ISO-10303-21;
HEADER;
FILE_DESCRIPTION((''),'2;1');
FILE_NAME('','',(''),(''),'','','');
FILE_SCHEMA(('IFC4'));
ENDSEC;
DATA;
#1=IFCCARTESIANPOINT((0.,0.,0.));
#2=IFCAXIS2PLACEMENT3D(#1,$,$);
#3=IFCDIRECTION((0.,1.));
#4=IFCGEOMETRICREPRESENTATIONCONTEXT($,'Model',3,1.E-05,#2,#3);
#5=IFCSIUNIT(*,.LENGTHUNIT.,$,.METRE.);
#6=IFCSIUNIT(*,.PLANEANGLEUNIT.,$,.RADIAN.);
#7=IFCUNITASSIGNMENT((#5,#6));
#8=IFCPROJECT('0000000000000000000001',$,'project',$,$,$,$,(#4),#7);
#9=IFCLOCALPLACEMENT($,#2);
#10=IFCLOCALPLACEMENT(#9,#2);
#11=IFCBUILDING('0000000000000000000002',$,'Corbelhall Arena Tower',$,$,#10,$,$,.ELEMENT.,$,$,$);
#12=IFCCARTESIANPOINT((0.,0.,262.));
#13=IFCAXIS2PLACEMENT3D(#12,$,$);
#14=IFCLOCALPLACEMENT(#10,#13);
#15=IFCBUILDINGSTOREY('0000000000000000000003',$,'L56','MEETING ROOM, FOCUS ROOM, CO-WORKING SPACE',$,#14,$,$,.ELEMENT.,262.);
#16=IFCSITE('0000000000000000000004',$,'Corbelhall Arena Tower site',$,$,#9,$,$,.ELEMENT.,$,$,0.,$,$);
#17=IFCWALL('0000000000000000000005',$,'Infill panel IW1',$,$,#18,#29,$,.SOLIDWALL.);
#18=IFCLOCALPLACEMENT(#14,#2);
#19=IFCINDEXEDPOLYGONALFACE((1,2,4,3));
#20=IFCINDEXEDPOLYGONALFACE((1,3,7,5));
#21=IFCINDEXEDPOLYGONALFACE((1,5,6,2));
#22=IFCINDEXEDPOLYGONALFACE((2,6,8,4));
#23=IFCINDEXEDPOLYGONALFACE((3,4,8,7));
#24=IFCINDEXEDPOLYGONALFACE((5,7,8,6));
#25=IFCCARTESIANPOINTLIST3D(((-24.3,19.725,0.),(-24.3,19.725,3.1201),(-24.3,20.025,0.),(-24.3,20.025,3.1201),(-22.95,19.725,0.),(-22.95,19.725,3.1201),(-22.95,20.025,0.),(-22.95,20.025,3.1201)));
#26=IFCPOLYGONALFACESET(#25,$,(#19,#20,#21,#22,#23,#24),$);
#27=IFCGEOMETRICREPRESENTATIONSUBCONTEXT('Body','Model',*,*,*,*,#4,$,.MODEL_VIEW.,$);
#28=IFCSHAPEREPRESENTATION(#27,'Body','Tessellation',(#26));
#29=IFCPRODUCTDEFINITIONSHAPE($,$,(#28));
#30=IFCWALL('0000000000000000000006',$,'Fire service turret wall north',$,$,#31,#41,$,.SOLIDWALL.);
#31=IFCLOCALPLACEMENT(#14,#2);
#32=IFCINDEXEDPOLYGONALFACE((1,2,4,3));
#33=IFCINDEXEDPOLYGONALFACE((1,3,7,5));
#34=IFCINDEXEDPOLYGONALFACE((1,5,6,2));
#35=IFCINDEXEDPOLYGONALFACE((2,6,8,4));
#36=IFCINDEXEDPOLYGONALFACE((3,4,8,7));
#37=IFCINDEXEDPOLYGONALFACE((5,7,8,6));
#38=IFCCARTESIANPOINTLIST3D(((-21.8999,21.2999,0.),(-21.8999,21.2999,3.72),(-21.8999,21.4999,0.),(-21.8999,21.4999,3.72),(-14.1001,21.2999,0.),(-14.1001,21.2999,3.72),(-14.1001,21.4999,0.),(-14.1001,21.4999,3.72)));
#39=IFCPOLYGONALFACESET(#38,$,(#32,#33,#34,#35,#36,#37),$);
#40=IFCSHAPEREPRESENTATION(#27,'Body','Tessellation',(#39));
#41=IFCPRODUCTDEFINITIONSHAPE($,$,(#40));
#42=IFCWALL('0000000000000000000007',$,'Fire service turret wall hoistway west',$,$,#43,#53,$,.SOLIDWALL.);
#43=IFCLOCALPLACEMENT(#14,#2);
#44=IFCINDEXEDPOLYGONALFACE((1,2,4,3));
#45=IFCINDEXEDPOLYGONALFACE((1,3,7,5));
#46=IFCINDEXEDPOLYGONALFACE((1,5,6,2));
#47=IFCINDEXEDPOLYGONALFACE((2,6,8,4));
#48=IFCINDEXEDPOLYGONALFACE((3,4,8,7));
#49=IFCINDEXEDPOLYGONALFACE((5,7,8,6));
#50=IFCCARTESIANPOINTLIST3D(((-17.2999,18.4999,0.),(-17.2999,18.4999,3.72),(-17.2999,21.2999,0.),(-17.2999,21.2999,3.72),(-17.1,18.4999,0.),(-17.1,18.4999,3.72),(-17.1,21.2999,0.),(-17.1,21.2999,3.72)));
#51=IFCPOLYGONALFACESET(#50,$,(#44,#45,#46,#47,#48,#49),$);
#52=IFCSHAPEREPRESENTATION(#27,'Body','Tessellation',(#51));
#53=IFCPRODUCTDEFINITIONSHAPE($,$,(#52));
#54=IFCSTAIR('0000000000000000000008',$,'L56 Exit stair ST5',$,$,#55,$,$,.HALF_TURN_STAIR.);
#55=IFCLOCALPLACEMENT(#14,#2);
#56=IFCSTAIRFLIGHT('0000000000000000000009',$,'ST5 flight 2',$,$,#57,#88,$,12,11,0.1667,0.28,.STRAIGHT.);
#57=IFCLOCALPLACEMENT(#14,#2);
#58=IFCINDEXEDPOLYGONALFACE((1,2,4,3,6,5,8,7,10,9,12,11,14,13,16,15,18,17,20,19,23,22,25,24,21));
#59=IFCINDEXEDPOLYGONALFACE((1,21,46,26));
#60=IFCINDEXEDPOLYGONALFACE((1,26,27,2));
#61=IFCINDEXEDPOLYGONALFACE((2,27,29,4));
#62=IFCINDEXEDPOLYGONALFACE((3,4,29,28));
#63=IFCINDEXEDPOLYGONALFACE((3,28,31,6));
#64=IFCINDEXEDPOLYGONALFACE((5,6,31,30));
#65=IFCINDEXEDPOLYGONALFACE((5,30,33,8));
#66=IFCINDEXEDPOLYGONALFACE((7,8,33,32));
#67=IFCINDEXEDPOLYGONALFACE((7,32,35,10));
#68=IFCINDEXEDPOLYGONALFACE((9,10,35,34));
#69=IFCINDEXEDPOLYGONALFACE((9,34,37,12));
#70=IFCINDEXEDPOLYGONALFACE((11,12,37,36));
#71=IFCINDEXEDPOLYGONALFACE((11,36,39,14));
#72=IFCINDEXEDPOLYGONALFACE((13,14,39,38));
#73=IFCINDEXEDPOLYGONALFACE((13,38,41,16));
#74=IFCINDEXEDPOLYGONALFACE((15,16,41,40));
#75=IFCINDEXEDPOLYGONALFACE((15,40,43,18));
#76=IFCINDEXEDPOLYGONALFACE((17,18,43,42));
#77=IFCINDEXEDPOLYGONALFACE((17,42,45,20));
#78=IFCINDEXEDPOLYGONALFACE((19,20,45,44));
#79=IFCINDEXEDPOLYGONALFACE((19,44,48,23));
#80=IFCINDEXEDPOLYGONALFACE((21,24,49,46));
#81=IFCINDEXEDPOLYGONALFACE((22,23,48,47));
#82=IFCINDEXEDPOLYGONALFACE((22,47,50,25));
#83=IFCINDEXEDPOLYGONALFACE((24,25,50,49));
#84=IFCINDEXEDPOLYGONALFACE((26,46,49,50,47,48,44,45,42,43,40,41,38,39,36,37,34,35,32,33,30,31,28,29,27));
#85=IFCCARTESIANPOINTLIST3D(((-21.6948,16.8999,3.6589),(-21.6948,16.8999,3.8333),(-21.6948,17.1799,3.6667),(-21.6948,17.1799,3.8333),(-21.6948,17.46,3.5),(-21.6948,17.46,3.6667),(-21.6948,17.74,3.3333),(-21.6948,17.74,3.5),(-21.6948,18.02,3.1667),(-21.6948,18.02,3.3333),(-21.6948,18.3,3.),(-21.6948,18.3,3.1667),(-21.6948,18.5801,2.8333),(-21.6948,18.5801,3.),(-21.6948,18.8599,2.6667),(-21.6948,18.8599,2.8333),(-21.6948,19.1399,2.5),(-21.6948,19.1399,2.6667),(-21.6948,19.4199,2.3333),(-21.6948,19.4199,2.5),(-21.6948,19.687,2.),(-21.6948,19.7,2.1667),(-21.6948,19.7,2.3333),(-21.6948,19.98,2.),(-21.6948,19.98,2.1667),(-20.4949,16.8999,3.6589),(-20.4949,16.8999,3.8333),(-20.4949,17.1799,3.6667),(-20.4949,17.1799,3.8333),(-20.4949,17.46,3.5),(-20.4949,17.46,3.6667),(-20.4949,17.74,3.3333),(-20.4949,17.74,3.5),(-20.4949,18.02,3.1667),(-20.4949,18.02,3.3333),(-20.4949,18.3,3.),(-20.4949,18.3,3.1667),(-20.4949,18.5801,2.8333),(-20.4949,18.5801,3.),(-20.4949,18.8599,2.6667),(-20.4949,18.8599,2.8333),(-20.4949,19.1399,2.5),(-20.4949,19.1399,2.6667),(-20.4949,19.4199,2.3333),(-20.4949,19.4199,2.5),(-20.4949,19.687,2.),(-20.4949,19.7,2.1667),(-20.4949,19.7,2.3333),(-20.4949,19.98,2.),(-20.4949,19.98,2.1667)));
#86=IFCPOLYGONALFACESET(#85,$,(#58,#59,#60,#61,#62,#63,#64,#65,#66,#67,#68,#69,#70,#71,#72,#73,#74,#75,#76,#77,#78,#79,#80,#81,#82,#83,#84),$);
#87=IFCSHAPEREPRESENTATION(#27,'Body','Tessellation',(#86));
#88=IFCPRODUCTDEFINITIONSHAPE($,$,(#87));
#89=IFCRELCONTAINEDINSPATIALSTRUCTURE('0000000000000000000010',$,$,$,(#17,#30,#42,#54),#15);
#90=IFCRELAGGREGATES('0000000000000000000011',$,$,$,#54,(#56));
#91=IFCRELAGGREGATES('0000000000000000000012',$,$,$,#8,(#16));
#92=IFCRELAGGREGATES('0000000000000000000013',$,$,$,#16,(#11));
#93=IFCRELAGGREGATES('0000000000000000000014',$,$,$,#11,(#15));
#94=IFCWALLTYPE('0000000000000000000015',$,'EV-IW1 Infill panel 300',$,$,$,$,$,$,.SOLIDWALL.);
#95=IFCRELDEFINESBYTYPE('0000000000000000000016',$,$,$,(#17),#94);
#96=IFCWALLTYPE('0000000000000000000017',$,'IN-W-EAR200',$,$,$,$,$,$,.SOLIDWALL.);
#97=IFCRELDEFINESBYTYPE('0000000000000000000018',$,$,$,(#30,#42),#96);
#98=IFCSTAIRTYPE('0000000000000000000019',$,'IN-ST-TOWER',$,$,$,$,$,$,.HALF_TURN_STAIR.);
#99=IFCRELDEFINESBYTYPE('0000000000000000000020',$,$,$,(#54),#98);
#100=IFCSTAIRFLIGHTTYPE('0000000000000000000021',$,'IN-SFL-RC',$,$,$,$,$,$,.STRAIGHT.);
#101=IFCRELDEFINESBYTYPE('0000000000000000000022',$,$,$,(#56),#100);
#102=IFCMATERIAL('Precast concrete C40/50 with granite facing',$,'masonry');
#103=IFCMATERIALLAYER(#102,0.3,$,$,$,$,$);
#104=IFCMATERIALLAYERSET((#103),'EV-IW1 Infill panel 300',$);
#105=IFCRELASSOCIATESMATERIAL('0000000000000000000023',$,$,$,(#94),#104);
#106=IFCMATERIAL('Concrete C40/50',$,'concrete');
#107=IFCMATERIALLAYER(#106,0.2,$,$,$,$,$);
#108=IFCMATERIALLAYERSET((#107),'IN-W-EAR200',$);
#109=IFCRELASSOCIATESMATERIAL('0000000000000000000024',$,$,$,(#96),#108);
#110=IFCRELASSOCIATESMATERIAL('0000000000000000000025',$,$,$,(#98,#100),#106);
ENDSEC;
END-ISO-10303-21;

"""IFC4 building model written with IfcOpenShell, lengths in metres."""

from ifc_helpers import new_model, si_unit, direction, frame, frame_2d, origin, place, context, subcontext, project, spatial, polyline, rectangle, outline, extrude, material, layer, layer_set, type_object, element, aggregate, save


model = new_model("IFC4")

# Units and contexts
model_context = context("Model", 3, precision=1e-05, world=origin(), true_north=direction((0.0, 1.0)))
body_context = subcontext(model_context, "Body", "Model", "MODEL_VIEW")
ifc_project = project(units=[si_unit("LENGTHUNIT", "METRE"), si_unit("PLANEANGLEUNIT", "RADIAN")], contexts=[model_context])

# Site, building, storey
site_placement = place(None, origin())
site = spatial("IfcSite", under=ifc_project, at=site_placement, Name="Corbelhall Arena Tower site", CompositionType="ELEMENT", RefElevation=0.0)
building_placement = place(site_placement, origin())
building = spatial("IfcBuilding", under=site, at=building_placement, Name="Corbelhall Arena Tower", CompositionType="ELEMENT")
storey_placement = place(building_placement, frame((0.0, 0.0, 262.0)))
storey = spatial("IfcBuildingStorey", under=building, at=storey_placement, Name="L56", Description="MEETING ROOM, FOCUS ROOM, CO-WORKING SPACE", CompositionType="ELEMENT", Elevation=262.0)

# Shared definitions
ifc_material_1 = material(Name="Precast concrete C40/50 with granite facing", Category="masonry")
ifc_layer_1 = layer(ifc_material_1, 0.3)
ifc_layer_set_1 = layer_set([ifc_layer_1], Name="EV-IW1 Infill panel 300")
wall_type_1 = type_object("IfcWallType", Name="EV-IW1 Infill panel 300", PredefinedType="SOLIDWALL", material=ifc_layer_set_1)

# Walls
wall_1_placement = place(storey_placement, frame((-22.95, 19.875, 0.0), z_axis=(0.0, 0.0, 1.0), x_axis=(-1.0, 0.0, 0.0)))
element("IfcWall", 1, at=wall_1_placement, inside=storey, type_object=wall_type_1, Name="Infill panel IW1", PredefinedType="SOLIDWALL", context=body_context, shape_type="SweptSolid", body=[
    extrude(rectangle(XDim=1.3501, YDim=0.3, at=frame_2d((0.675, 0.0))), origin(), (0.0, 0.0, 1.0), 3.1201),
])
ifc_material_2 = material(Name="Concrete C40/50", Category="concrete")
ifc_layer_2 = layer(ifc_material_2, 0.2)
ifc_layer_set_2 = layer_set([ifc_layer_2], Name="IN-W-EAR200")
wall_type_2 = type_object("IfcWallType", Name="IN-W-EAR200", PredefinedType="SOLIDWALL", material=ifc_layer_set_2)
wall_2_placement = place(storey_placement, frame((-21.8999, 21.3999, 0.0), z_axis=(0.0, 0.0, 1.0), x_axis=(1.0, 0.0, 0.0)))
element("IfcWall", 2, at=wall_2_placement, inside=storey, type_object=wall_type_2, Name="Fire service turret wall north", PredefinedType="SOLIDWALL", context=body_context, shape_type="SweptSolid", body=[
    extrude(rectangle(XDim=7.7998, YDim=0.2, at=frame_2d((3.8999, 0.0))), origin(), (0.0, 0.0, 1.0), 3.72),
])
wall_3_placement = place(storey_placement, frame((-17.2, 18.5, 0.0), z_axis=(0.0, 0.0, 1.0), x_axis=(0.0, 1.0, 0.0)))
element("IfcWall", 3, at=wall_3_placement, inside=storey, type_object=wall_type_2, Name="Fire service turret wall hoistway west", PredefinedType="SOLIDWALL", context=body_context, shape_type="SweptSolid", body=[
    extrude(rectangle(XDim=2.8, YDim=0.2, at=frame_2d((1.3999, 0.0))), origin(), (0.0, 0.0, 1.0), 3.72),
])

# Stair, stair flight
stair_type = type_object("IfcStairType", Name="IN-ST-TOWER", PredefinedType="HALF_TURN_STAIR", material=ifc_material_2)
stair_placement = place(storey_placement, origin())
stair = element("IfcStair", 4, at=stair_placement, inside=storey, type_object=stair_type, Name="L56 Exit stair ST5", PredefinedType="HALF_TURN_STAIR")
stair_flight_type = type_object("IfcStairFlightType", Name="IN-SFL-RC", PredefinedType="STRAIGHT", material=ifc_material_2)
stair_flight_placement = place(storey_placement, frame((-21.095, 19.98, 2.0), z_axis=(0.0, 0.0, 1.0), x_axis=(0.0, -1.0, 0.0)))
stair_flight = element("IfcStairFlight", 5, at=stair_flight_placement, type_object=stair_flight_type, Name="ST5 flight 2", NumberOfRisers=12, NumberOfTreads=11, PredefinedType="STRAIGHT", RiserHeight=0.1667, TreadLength=0.28, context=body_context, shape_type="SweptSolid", body=[
    extrude(outline(polyline([(0.0, 0.0), (0.0, 0.1667), (0.28, 0.1667), (0.28, 0.3333), (0.5601, 0.3333), (0.5601, 0.5), (0.8401, 0.5), (0.8401, 0.6667), (1.1201, 0.6667), (1.1201, 0.8333), (1.3999, 0.8333), (1.3999, 1.0), (1.6799, 1.0), (1.6799, 1.1667), (1.96, 1.1667), (1.96, 1.3333), (2.24, 1.3333), (2.24, 1.5), (2.52, 1.5), (2.52, 1.6667), (2.8, 1.6667), (2.8, 1.8333), (3.0801, 1.8333), (3.0801, 2.0), (3.0801, 1.6589), (0.293, 0.0), (0.0, 0.0)])), frame((0.0, 0.6001, 0.0), z_axis=(0.0, -1.0, 0.0), x_axis=(1.0, 0.0, 0.0)), (0.0, 0.0, 1.0), 1.2),
])
aggregate(stair, [stair_flight])

save(model, "model.ifc")
